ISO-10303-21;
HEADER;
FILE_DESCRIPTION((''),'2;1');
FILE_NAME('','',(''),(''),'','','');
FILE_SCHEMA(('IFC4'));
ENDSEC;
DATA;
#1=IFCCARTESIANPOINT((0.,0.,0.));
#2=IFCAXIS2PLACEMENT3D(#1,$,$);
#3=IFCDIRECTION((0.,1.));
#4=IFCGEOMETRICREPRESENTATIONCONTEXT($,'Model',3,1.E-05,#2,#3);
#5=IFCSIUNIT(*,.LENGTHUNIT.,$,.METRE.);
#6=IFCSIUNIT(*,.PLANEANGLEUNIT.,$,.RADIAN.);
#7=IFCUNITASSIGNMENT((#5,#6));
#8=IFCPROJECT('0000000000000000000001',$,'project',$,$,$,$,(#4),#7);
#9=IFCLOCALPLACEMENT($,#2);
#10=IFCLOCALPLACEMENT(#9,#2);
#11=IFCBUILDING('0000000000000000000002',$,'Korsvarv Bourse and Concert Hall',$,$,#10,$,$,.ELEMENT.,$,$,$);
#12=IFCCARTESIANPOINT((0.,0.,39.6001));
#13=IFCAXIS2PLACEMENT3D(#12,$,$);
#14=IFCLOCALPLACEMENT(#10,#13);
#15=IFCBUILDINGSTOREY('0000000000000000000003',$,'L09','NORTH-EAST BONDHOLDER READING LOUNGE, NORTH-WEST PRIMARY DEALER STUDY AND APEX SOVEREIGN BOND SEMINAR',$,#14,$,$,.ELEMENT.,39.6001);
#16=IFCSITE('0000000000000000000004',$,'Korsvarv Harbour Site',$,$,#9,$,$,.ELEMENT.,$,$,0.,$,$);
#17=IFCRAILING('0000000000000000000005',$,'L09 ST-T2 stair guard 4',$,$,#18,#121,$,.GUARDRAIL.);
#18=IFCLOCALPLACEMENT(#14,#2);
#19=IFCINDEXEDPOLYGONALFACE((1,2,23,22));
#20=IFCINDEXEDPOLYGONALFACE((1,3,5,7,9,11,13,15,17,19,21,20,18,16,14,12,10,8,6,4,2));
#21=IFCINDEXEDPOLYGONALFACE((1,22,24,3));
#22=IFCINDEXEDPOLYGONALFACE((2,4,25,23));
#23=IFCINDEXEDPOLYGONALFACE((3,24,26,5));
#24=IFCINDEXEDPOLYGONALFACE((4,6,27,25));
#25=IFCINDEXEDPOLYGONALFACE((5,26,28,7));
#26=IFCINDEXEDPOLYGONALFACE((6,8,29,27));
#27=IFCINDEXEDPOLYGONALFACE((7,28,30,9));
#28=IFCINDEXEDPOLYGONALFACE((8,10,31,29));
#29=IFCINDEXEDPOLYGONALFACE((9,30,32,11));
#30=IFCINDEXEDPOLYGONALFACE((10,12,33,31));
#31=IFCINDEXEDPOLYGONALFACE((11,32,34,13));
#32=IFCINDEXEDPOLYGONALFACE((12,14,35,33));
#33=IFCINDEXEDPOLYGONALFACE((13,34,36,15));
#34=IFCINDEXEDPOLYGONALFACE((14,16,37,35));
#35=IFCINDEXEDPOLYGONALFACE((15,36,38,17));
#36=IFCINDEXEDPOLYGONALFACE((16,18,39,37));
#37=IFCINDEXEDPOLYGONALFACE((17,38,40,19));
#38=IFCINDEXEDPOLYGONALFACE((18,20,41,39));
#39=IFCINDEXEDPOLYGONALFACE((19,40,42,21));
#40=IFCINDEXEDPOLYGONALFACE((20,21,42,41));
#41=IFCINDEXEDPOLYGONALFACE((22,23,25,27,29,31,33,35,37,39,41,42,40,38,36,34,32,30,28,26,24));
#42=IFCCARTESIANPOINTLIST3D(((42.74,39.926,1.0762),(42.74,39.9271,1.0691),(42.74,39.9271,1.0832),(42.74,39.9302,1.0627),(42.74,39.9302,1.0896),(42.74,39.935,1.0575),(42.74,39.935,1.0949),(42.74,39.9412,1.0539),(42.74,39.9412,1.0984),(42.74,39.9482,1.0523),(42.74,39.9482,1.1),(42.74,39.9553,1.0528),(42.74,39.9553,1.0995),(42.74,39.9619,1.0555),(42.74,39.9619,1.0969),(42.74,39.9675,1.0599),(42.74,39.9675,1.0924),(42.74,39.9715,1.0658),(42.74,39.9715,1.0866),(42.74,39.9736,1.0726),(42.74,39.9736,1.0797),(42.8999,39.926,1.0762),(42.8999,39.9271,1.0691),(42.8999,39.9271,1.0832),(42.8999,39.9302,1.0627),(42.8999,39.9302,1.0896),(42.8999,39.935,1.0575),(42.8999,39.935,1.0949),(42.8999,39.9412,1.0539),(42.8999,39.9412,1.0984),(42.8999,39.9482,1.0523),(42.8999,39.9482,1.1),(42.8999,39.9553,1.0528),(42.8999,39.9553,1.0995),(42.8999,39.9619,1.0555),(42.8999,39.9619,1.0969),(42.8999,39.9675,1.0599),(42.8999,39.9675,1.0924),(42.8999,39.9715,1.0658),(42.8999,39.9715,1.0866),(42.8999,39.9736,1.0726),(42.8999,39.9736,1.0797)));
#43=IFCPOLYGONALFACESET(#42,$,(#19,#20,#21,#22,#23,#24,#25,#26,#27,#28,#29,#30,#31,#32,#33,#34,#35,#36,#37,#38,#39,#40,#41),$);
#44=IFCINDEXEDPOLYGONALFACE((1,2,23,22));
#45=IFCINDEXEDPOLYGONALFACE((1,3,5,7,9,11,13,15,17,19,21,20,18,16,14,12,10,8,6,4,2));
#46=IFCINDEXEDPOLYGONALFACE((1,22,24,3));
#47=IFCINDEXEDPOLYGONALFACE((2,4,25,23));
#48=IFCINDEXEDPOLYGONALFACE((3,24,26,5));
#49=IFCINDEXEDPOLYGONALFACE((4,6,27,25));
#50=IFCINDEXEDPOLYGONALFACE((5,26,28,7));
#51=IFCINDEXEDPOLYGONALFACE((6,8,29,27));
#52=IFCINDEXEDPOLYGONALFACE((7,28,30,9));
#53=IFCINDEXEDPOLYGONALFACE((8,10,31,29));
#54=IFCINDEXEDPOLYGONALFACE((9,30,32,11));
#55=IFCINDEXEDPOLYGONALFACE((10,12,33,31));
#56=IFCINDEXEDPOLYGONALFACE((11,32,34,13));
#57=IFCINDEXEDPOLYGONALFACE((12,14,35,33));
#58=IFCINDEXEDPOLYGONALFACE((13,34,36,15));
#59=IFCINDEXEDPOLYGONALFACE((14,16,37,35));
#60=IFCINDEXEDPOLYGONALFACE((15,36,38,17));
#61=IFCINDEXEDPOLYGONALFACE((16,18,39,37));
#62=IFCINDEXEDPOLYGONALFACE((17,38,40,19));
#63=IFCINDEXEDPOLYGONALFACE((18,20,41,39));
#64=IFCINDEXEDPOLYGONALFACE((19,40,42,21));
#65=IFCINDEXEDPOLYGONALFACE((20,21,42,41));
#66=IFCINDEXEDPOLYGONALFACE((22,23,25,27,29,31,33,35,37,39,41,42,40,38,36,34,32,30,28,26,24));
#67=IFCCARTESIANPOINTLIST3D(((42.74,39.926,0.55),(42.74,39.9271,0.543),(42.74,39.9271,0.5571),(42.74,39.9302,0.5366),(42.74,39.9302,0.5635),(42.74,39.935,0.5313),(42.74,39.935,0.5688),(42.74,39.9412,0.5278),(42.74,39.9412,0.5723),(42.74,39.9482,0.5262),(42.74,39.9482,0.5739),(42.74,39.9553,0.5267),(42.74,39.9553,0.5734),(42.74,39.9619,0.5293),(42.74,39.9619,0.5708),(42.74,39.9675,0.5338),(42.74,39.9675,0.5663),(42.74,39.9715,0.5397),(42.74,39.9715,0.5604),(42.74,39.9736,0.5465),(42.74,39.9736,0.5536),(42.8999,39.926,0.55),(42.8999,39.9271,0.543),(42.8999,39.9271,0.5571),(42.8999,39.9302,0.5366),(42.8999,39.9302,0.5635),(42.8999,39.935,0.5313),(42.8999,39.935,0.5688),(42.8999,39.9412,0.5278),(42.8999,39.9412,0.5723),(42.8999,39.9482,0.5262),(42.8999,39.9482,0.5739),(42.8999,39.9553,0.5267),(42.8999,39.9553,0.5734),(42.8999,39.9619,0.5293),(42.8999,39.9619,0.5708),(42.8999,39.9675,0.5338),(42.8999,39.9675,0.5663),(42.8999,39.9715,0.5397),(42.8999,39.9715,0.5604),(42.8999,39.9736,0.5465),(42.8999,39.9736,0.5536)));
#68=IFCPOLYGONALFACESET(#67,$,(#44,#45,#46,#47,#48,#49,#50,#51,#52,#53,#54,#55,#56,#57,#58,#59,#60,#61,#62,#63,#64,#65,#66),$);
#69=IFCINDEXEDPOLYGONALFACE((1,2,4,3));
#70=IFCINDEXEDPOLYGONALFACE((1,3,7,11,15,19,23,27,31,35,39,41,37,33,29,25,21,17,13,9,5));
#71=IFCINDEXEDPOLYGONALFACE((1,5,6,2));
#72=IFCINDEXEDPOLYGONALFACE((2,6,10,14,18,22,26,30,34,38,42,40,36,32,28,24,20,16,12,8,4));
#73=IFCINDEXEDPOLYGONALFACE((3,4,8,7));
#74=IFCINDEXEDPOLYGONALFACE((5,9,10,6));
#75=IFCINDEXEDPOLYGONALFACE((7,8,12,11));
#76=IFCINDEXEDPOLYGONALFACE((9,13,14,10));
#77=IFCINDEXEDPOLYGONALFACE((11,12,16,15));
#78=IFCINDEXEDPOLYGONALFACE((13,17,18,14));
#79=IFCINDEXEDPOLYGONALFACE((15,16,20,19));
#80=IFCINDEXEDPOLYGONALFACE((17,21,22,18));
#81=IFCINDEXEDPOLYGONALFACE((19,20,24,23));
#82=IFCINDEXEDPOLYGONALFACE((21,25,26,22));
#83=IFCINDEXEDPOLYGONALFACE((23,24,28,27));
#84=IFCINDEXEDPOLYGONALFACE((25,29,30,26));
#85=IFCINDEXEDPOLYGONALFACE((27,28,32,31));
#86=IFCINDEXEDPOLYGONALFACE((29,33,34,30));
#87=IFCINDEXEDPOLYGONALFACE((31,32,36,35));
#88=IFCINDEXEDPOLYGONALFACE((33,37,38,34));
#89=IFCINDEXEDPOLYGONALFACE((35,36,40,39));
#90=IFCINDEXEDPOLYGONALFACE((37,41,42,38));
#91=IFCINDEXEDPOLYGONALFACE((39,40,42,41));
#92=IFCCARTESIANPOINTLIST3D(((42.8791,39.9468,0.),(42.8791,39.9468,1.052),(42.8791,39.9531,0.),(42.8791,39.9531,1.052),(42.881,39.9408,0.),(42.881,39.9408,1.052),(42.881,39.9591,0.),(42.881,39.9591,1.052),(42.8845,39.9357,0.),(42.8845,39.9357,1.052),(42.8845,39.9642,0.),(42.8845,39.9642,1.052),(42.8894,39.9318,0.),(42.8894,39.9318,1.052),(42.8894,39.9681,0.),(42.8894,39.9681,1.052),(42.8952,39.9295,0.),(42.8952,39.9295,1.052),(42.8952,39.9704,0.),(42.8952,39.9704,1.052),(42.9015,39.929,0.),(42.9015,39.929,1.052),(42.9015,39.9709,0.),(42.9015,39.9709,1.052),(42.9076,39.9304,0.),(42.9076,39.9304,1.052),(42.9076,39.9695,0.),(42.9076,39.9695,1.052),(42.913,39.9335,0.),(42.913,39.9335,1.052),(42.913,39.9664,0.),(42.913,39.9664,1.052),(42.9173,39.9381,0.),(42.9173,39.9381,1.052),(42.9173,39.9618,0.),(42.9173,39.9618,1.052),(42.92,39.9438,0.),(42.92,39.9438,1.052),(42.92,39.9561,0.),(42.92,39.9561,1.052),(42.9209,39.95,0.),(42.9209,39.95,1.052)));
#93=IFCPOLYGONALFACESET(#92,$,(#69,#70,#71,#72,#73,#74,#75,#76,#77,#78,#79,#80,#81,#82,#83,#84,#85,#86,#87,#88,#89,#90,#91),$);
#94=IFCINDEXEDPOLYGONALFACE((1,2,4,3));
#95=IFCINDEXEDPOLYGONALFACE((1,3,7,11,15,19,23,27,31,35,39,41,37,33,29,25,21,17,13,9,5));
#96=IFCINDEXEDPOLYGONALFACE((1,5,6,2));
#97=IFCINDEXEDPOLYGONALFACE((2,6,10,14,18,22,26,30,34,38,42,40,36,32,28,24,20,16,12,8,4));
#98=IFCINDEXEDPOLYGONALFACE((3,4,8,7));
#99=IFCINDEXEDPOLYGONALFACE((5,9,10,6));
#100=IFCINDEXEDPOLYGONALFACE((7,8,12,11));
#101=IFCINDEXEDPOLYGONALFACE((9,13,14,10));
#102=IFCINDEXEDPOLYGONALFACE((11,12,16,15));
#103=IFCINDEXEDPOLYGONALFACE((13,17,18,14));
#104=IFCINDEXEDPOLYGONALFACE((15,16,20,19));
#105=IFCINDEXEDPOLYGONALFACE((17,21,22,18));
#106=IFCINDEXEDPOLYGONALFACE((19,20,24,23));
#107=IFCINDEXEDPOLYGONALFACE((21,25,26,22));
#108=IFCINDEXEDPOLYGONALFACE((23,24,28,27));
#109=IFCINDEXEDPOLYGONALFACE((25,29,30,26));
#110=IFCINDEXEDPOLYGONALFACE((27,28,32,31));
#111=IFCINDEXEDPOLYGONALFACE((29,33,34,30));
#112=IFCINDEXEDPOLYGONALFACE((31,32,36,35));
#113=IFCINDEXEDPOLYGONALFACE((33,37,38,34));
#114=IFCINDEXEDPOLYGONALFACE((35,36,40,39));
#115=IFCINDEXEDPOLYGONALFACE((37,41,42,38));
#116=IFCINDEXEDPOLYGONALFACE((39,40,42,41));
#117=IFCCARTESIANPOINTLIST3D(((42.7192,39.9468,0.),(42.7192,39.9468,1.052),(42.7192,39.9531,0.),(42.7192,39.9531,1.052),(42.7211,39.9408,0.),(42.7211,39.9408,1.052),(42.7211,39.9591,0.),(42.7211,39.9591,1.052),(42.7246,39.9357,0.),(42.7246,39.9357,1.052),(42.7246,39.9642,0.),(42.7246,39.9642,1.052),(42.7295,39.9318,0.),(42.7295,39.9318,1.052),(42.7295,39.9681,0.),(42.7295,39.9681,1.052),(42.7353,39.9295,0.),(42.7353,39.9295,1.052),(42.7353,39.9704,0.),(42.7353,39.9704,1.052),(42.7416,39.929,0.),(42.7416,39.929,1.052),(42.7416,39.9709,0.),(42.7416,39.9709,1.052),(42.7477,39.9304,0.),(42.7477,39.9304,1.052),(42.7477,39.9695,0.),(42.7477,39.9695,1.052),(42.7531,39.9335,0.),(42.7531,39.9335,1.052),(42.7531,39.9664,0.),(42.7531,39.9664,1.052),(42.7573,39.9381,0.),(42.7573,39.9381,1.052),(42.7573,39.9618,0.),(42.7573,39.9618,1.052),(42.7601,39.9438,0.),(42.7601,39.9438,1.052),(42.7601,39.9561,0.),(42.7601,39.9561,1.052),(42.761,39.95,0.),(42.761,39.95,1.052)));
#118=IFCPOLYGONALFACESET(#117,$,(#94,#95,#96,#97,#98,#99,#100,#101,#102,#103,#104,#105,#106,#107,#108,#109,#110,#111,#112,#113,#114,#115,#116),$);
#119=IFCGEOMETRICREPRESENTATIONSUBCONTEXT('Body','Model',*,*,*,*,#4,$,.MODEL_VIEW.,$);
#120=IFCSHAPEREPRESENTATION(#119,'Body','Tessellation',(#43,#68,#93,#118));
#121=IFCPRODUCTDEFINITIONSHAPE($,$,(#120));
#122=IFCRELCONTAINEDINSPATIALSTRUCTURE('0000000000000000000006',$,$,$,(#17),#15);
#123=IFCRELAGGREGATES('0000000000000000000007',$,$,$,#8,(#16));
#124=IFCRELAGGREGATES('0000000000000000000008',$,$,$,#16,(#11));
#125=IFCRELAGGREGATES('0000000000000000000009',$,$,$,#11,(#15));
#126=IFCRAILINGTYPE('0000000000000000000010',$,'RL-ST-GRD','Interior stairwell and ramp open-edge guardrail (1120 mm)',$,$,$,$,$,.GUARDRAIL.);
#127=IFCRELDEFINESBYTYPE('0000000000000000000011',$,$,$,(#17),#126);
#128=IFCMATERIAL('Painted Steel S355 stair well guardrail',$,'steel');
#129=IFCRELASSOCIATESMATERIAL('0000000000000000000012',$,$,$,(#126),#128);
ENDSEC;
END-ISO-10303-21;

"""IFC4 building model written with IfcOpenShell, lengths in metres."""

from ifc_helpers import new_model, si_unit, direction, frame, origin, origin_2d, place, context, subcontext, project, spatial, circle, extrude, material, type_object, element, save


model = new_model("IFC4")

# Units and contexts
model_context = context("Model", 3, precision=1e-05, world=origin(), true_north=direction((0.0, 1.0)))
body_context = subcontext(model_context, "Body", "Model", "MODEL_VIEW")
ifc_project = project(units=[si_unit("LENGTHUNIT", "METRE"), si_unit("PLANEANGLEUNIT", "RADIAN")], contexts=[model_context])

# Site, building, storey
site_placement = place(None, origin())
site = spatial("IfcSite", under=ifc_project, at=site_placement, Name="Korsvarv Harbour Site", CompositionType="ELEMENT", RefElevation=0.0)
building_placement = place(site_placement, origin())
building = spatial("IfcBuilding", under=site, at=building_placement, Name="Korsvarv Bourse and Concert Hall", CompositionType="ELEMENT")
storey_placement = place(building_placement, frame((0.0, 0.0, 39.6001)))
storey = spatial("IfcBuildingStorey", under=building, at=storey_placement, Name="L09", Description="NORTH-EAST BONDHOLDER READING LOUNGE, NORTH-WEST PRIMARY DEALER STUDY AND APEX SOVEREIGN BOND SEMINAR", CompositionType="ELEMENT", Elevation=39.6001)

# Railing
ifc_material_1 = material(Name="Painted Steel S355 stair well guardrail", Category="steel")
railing_type_1 = type_object("IfcRailingType", Name="RL-ST-GRD", Description="Interior stairwell and ramp open-edge guardrail (1120 mm)", PredefinedType="GUARDRAIL", material=ifc_material_1)
railing_1_placement = place(storey_placement, frame((42.8999, 39.95, 0.0)))
element("IfcRailing", 1, at=railing_1_placement, inside=storey, type_object=railing_type_1, Name="L09 ST-T2 stair guard 4", PredefinedType="GUARDRAIL", context=body_context, shape_type="SweptSolid", body=[
    extrude(circle(Radius=0.0239, at=origin_2d()), frame((0.0, 0.0, 1.0762), z_axis=(-1.0, 0.0, 0.0), x_axis=(0.0, -1.0, 0.0)), (0.0, 0.0, 1.0), 0.1599),
    extrude(circle(Radius=0.0239, at=origin_2d()), frame((0.0, 0.0, 0.55), z_axis=(-1.0, 0.0, 0.0), x_axis=(0.0, -1.0, 0.0)), (0.0, 0.0, 1.0), 0.1599),
    extrude(circle(Radius=0.021, at=origin_2d()), origin(), (0.0, 0.0, 1.0), 1.052),
    extrude(circle(Radius=0.021, at=origin_2d()), frame((-0.1599, 0.0, 0.0)), (0.0, 0.0, 1.0), 1.052),
])

save(model, "model.ifc")
